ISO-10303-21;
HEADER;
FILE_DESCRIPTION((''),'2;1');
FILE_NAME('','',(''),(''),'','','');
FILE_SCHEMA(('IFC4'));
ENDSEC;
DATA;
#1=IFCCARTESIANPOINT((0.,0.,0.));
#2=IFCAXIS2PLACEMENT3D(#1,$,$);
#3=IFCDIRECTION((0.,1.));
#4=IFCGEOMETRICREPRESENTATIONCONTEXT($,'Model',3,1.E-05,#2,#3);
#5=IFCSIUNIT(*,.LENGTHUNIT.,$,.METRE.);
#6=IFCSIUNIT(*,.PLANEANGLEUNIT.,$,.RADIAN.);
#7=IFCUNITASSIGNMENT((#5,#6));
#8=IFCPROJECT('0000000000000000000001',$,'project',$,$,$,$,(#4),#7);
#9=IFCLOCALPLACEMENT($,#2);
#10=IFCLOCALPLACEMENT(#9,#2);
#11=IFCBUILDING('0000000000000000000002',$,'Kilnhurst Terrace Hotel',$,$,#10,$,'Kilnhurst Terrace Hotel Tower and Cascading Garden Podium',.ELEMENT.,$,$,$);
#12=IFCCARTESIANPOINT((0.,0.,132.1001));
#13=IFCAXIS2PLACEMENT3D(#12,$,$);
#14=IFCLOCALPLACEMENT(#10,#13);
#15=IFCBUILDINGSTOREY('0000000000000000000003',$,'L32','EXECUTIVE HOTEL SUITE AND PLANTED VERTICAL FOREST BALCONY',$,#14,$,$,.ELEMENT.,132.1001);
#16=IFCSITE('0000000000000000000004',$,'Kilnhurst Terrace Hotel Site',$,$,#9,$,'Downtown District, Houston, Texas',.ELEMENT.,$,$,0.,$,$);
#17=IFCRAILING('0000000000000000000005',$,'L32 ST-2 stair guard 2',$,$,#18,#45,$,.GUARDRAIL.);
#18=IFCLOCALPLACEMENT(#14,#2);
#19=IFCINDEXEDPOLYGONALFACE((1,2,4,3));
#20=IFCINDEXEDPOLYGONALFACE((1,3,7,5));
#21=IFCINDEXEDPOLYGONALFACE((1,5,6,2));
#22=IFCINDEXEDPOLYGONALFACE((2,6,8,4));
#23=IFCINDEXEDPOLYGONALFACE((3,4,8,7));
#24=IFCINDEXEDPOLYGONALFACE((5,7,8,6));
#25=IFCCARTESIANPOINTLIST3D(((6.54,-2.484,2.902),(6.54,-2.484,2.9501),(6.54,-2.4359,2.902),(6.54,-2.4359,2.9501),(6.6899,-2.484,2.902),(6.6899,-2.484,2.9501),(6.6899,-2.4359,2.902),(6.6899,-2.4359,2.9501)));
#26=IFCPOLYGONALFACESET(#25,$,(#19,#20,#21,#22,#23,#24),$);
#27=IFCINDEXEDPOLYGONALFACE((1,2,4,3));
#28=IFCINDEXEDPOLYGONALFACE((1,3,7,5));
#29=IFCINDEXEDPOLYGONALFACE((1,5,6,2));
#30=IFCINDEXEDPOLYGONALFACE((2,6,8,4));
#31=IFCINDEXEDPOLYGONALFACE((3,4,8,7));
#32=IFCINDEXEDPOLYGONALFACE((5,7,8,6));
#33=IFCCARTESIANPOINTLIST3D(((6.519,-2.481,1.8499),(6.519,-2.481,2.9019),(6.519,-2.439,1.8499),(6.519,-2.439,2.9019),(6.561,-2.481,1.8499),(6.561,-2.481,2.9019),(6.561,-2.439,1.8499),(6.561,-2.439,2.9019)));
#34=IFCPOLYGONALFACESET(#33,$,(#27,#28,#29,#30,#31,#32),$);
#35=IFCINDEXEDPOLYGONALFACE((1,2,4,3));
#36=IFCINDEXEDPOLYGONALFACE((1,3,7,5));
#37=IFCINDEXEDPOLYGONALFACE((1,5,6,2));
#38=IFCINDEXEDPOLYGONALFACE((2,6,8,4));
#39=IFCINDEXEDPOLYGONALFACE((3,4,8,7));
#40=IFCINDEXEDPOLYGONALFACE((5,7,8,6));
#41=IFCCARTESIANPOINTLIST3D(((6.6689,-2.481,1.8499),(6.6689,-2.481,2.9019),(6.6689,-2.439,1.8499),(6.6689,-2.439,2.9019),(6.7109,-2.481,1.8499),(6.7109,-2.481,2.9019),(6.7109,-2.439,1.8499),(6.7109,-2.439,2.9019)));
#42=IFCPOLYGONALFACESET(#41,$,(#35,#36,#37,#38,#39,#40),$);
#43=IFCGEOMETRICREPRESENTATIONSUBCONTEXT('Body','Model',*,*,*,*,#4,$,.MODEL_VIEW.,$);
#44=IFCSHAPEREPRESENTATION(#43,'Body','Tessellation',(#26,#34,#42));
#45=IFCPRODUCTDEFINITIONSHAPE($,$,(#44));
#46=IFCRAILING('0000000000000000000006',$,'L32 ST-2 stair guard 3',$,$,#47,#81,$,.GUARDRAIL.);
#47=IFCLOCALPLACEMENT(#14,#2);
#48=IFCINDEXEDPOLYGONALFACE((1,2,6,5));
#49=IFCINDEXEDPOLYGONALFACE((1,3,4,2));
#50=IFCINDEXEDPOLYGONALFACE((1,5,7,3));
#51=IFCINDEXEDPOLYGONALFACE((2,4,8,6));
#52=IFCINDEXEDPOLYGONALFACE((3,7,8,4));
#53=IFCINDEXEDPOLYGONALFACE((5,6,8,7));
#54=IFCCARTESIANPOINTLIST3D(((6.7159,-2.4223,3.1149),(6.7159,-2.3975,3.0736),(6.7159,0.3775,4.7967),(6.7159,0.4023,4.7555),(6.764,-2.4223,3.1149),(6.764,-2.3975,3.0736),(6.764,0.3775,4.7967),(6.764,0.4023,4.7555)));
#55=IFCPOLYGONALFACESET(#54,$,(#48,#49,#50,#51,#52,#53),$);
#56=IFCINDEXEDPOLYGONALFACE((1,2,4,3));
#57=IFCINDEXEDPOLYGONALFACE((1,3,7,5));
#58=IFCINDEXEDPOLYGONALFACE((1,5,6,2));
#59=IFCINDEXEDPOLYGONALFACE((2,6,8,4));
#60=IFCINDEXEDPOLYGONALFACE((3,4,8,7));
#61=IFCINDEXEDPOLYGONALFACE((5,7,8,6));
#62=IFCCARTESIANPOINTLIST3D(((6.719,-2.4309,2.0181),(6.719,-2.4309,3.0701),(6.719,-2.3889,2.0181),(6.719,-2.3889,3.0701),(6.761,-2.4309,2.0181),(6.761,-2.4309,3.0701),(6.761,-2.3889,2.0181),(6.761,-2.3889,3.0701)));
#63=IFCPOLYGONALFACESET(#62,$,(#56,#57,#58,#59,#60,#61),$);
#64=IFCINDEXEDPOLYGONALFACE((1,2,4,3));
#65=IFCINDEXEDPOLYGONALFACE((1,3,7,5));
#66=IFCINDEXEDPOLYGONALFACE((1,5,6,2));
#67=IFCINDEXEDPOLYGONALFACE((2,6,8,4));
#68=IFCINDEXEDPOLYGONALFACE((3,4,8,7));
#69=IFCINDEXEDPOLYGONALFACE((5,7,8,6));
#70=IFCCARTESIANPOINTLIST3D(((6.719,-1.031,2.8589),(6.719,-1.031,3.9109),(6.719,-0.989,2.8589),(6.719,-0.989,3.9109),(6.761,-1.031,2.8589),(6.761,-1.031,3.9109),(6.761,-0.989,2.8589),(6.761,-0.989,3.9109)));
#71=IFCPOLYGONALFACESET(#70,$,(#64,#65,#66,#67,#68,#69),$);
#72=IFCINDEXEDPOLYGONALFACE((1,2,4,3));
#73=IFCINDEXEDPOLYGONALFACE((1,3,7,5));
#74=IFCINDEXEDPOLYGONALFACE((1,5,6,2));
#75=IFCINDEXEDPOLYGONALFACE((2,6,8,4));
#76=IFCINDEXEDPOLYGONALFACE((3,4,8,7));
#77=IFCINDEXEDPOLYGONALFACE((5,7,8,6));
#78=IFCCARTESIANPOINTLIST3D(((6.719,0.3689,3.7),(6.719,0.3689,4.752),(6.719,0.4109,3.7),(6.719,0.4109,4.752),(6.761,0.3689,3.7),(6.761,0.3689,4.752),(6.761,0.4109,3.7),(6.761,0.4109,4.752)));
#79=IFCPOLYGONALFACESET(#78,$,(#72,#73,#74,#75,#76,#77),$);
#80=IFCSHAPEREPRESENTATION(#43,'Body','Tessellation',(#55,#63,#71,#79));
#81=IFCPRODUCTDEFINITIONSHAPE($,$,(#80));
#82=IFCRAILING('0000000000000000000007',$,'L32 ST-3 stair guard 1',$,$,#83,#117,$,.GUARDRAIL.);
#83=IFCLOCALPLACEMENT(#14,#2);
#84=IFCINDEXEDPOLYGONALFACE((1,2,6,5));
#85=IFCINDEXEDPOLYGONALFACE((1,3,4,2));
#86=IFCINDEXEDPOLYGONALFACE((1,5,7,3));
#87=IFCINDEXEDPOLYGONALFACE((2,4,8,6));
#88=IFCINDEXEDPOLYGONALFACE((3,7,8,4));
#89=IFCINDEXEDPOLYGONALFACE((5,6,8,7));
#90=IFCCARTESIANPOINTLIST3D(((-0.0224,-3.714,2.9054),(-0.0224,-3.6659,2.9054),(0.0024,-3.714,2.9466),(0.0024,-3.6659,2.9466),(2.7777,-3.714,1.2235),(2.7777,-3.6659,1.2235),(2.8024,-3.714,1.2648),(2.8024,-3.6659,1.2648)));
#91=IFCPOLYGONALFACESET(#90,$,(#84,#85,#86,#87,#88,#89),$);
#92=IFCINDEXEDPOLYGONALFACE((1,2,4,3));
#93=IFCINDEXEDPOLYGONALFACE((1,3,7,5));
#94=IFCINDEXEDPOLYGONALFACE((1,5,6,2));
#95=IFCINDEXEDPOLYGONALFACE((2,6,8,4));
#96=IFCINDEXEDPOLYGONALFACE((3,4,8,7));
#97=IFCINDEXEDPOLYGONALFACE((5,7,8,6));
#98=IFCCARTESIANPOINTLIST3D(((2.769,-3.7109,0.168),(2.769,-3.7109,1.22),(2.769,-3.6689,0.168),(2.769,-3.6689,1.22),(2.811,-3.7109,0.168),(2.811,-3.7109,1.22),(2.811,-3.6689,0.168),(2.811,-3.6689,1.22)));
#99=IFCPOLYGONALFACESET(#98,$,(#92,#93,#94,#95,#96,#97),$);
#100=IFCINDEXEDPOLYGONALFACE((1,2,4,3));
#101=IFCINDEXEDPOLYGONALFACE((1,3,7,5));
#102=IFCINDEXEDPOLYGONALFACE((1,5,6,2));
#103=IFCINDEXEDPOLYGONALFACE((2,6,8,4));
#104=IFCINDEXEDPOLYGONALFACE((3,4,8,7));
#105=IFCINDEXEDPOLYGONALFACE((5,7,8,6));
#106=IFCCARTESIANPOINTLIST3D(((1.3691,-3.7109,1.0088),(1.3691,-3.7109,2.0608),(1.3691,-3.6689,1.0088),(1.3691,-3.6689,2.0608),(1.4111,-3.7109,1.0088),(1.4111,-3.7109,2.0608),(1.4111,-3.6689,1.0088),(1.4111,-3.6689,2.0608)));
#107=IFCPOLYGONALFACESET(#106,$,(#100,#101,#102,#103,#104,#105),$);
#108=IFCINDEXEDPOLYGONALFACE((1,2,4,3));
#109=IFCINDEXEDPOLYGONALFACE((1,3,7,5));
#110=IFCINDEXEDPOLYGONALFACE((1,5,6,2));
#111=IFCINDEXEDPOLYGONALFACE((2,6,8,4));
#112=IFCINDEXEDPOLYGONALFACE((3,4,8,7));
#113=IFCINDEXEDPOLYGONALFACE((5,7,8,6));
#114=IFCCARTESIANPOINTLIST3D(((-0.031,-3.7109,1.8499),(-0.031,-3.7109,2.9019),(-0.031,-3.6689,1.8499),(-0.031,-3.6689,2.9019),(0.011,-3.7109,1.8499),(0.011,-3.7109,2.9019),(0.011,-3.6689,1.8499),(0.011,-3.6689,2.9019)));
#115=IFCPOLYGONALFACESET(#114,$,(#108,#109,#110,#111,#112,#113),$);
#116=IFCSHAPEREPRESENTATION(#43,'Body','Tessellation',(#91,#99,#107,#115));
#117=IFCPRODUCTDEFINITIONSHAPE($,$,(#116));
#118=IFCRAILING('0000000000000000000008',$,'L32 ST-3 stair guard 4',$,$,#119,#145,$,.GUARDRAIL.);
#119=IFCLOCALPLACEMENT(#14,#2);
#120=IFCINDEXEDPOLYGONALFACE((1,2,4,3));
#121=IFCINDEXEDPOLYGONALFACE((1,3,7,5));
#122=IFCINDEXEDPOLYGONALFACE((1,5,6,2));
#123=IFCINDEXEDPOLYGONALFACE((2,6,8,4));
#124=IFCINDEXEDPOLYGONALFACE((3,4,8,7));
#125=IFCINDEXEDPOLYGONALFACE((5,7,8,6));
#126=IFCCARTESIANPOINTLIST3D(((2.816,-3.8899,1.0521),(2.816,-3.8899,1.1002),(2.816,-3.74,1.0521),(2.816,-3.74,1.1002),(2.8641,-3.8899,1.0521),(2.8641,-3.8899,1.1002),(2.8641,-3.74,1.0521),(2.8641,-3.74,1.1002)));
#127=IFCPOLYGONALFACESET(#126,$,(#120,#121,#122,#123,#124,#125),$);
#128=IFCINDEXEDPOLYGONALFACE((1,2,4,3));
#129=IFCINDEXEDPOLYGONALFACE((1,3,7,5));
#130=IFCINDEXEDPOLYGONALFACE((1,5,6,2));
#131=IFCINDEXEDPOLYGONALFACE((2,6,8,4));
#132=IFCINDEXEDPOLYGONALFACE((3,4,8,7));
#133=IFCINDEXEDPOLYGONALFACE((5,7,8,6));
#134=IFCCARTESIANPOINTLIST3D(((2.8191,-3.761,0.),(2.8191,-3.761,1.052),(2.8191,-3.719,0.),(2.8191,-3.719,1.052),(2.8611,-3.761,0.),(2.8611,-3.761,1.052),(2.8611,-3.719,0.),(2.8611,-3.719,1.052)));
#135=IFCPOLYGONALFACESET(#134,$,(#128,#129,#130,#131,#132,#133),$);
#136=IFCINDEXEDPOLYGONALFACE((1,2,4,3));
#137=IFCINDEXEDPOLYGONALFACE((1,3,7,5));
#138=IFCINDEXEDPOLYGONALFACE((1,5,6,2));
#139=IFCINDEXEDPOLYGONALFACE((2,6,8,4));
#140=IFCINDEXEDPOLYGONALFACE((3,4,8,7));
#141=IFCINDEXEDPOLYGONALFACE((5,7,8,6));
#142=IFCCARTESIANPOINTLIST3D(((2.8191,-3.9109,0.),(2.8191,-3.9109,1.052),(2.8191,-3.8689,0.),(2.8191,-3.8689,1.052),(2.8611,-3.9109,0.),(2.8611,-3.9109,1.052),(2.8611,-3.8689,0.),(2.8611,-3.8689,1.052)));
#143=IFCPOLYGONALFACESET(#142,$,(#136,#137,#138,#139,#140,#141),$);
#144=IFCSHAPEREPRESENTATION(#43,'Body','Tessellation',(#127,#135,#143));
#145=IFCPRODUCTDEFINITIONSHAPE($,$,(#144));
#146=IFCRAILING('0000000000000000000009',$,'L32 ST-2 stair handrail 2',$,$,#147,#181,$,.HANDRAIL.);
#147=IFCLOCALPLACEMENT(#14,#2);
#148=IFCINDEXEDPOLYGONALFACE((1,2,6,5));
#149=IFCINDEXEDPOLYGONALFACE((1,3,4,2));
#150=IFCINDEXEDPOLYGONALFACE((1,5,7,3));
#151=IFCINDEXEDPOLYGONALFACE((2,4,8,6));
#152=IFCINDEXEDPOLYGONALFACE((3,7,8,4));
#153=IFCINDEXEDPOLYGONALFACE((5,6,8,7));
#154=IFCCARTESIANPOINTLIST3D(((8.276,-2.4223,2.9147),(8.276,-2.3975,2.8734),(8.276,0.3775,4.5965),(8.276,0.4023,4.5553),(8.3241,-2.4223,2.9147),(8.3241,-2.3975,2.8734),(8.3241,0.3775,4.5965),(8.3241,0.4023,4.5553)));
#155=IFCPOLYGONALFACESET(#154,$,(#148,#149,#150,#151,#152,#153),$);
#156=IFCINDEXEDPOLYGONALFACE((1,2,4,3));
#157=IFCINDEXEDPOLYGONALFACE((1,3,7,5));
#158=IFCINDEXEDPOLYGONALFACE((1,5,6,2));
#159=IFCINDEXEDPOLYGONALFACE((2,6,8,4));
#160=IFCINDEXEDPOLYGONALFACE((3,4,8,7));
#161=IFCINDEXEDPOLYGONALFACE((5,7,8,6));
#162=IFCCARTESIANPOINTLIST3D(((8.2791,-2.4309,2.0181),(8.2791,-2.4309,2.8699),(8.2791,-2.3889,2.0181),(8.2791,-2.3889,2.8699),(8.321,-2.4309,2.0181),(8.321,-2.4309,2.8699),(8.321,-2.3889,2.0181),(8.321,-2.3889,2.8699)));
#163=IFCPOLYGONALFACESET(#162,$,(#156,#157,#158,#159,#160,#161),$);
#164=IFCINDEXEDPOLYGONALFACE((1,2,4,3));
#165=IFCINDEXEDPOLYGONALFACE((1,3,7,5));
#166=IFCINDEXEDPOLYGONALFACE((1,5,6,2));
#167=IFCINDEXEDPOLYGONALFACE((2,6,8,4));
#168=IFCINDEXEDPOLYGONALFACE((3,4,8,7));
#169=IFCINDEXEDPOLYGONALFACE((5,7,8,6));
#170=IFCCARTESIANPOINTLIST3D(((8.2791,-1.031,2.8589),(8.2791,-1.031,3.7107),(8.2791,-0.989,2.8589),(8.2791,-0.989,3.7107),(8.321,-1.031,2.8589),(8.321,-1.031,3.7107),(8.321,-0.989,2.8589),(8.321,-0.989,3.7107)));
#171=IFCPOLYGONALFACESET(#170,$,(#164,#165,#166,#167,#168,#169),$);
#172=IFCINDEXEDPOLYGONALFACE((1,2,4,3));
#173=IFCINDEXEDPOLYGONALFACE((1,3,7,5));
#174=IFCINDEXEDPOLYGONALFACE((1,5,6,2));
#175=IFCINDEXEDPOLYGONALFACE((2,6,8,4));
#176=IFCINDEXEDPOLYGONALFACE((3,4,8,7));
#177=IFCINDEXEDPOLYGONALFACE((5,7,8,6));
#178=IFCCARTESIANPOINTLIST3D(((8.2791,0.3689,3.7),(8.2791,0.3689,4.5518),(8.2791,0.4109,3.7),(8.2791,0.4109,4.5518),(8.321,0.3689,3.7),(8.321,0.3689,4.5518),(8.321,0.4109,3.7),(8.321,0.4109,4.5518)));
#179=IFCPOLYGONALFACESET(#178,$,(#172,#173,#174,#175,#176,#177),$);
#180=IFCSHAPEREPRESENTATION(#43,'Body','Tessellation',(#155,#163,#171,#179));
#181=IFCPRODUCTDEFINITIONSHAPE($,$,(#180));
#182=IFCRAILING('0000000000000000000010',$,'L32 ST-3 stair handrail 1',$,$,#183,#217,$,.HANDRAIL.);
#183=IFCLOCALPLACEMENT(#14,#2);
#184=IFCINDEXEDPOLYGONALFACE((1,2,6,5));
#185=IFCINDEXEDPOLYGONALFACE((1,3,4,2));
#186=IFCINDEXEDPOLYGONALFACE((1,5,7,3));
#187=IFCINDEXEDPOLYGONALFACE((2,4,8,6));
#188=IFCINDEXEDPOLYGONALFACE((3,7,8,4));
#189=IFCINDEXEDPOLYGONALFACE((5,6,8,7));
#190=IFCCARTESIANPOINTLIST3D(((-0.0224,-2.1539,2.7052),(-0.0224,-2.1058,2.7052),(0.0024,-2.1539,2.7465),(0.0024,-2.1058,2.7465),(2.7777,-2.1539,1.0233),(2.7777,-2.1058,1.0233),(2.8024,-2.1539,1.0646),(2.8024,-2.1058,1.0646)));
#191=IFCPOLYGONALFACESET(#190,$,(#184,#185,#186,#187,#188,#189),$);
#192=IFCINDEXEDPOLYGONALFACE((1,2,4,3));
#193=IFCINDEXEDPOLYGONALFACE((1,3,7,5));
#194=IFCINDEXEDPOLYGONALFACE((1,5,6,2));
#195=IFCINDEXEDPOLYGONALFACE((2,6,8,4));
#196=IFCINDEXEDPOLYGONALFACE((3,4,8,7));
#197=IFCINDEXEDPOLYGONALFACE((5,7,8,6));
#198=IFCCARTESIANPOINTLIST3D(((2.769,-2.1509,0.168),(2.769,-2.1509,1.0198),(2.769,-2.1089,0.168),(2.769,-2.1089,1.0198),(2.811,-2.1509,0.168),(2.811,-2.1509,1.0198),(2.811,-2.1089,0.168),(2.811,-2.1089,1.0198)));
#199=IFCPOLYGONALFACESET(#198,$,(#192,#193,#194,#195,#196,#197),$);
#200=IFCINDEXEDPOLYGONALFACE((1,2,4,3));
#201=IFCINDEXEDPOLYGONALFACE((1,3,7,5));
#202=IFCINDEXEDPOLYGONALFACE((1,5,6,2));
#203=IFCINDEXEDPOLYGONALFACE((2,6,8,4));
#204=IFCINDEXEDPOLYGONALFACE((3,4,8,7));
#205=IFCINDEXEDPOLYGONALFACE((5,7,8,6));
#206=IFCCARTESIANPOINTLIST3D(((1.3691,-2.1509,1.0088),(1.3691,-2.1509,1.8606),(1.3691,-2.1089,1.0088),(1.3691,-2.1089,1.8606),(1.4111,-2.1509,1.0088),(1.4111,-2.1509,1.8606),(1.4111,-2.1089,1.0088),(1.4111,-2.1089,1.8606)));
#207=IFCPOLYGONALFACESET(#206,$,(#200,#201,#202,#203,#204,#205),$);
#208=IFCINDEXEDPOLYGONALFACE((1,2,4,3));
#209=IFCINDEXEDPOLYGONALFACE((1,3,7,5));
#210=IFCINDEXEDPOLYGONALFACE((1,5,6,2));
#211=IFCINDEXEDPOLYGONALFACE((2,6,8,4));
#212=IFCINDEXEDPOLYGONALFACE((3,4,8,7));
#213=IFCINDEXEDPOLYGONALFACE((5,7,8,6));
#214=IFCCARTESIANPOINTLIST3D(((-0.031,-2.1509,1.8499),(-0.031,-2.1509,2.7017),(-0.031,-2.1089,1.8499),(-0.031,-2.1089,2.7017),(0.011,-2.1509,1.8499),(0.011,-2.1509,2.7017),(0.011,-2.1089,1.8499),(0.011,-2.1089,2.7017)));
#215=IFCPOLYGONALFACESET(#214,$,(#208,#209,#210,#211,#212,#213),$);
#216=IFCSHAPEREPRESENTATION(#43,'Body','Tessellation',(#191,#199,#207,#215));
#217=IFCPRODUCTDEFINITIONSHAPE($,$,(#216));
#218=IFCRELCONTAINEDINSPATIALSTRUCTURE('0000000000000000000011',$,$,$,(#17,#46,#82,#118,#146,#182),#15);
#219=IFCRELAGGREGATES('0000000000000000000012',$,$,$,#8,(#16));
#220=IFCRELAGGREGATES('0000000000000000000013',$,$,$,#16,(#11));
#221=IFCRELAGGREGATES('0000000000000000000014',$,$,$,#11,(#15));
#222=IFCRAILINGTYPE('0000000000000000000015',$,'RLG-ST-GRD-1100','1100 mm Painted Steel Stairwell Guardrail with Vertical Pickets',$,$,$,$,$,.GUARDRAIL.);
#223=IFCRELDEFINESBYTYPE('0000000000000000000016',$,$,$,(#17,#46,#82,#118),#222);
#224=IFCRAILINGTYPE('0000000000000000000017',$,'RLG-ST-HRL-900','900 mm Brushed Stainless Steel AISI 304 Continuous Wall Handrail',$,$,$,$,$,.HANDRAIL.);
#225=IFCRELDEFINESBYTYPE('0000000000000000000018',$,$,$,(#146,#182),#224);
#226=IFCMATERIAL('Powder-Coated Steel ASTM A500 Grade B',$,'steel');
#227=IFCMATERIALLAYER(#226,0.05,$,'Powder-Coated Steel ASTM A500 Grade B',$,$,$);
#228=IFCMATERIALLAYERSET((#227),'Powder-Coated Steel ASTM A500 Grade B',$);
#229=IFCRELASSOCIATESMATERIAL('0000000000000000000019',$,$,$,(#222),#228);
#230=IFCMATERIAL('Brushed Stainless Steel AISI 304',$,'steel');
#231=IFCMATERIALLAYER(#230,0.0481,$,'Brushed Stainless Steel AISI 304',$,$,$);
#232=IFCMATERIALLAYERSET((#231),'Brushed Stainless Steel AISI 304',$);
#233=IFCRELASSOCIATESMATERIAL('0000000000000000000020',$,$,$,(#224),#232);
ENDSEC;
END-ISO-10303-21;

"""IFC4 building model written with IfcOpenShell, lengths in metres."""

from ifc_helpers import new_model, si_unit, direction, frame, origin, origin_2d, place, context, subcontext, project, spatial, rectangle, extrude, material, layer, layer_set, type_object, element, save


model = new_model("IFC4")

# Units and contexts
model_context = context("Model", 3, precision=1e-05, world=origin(), true_north=direction((0.0, 1.0)))
body_context = subcontext(model_context, "Body", "Model", "MODEL_VIEW")
ifc_project = project(units=[si_unit("LENGTHUNIT", "METRE"), si_unit("PLANEANGLEUNIT", "RADIAN")], contexts=[model_context])

# Site, building, storey
site_placement = place(None, origin())
site = spatial("IfcSite", under=ifc_project, at=site_placement, Name="Kilnhurst Terrace Hotel Site", LongName="Downtown District, Houston, Texas", CompositionType="ELEMENT", RefElevation=0.0)
building_placement = place(site_placement, origin())
building = spatial("IfcBuilding", under=site, at=building_placement, Name="Kilnhurst Terrace Hotel", LongName="Kilnhurst Terrace Hotel Tower and Cascading Garden Podium", CompositionType="ELEMENT")
storey_placement = place(building_placement, frame((0.0, 0.0, 132.1001)))
storey = spatial("IfcBuildingStorey", under=building, at=storey_placement, Name="L32", Description="EXECUTIVE HOTEL SUITE AND PLANTED VERTICAL FOREST BALCONY", CompositionType="ELEMENT", Elevation=132.1001)

# Railings
ifc_material_1 = material(Name="Powder-Coated Steel ASTM A500 Grade B", Category="steel")
ifc_layer_1 = layer(ifc_material_1, 0.05, Name="Powder-Coated Steel ASTM A500 Grade B")
ifc_layer_set_1 = layer_set([ifc_layer_1], Name="Powder-Coated Steel ASTM A500 Grade B")
railing_type_1 = type_object("IfcRailingType", Name="RLG-ST-GRD-1100", Description="1100 mm Painted Steel Stairwell Guardrail with Vertical Pickets", PredefinedType="GUARDRAIL", material=ifc_layer_set_1)
railing_1_placement = place(storey_placement, frame((6.54, -2.46, 1.8499)))
element("IfcRailing", 1, at=railing_1_placement, inside=storey, type_object=railing_type_1, Name="L32 ST-2 stair guard 2", PredefinedType="GUARDRAIL", context=body_context, shape_type="SweptSolid", body=[
    extrude(rectangle(XDim=0.0481, YDim=0.0481, at=origin_2d()), frame((0.0, 0.0, 1.0762), z_axis=(1.0, 0.0, 0.0), x_axis=(0.0, 1.0, 0.0)), (0.0, 0.0, 1.0), 0.1499),
    extrude(rectangle(XDim=0.042, YDim=0.042, at=origin_2d()), origin(), (0.0, 0.0, 1.0), 1.052),
    extrude(rectangle(XDim=0.042, YDim=0.042, at=origin_2d()), frame((0.1499, 0.0, 0.0)), (0.0, 0.0, 1.0), 1.052),
])
railing_2_placement = place(storey_placement, frame((6.74, -2.4099, 2.0181)))
element("IfcRailing", 2, at=railing_2_placement, inside=storey, type_object=railing_type_1, Name="L32 ST-2 stair guard 3", PredefinedType="GUARDRAIL", context=body_context, shape_type="SweptSolid", body=[
    extrude(rectangle(XDim=0.0481, YDim=0.0481, at=origin_2d()), frame((0.0, 0.0, 1.0762), z_axis=(0.0, 0.857222, 0.514946), x_axis=(-1.0, 0.0, 0.0)), (0.0, 0.0, 1.0), 3.2661),
    extrude(rectangle(XDim=0.042, YDim=0.042, at=origin_2d()), origin(), (0.0, 0.0, 1.0), 1.052),
    extrude(rectangle(XDim=0.042, YDim=0.042, at=origin_2d()), frame((0.0, 1.3999, 0.8408)), (0.0, 0.0, 1.0), 1.052),
    extrude(rectangle(XDim=0.042, YDim=0.042, at=origin_2d()), frame((0.0, 2.7998, 1.6819)), (0.0, 0.0, 1.0), 1.052),
])
railing_3_placement = place(storey_placement, frame((2.79, -3.6899, 0.168)))
element("IfcRailing", 3, at=railing_3_placement, inside=storey, type_object=railing_type_1, Name="L32 ST-3 stair guard 1", PredefinedType="GUARDRAIL", context=body_context, shape_type="SweptSolid", body=[
    extrude(rectangle(XDim=0.0481, YDim=0.0481, at=origin_2d()), frame((0.0, 0.0, 1.0762), z_axis=(-0.857242, 0.0, 0.514913), x_axis=(0.0, -1.0, 0.0)), (0.0, 0.0, 1.0), 3.2664),
    extrude(rectangle(XDim=0.042, YDim=0.042, at=origin_2d()), origin(), (0.0, 0.0, 1.0), 1.052),
    extrude(rectangle(XDim=0.042, YDim=0.042, at=origin_2d()), frame((-1.3999, 0.0, 0.8408)), (0.0, 0.0, 1.0), 1.052),
    extrude(rectangle(XDim=0.042, YDim=0.042, at=origin_2d()), frame((-2.8, 0.0, 1.6819)), (0.0, 0.0, 1.0), 1.052),
])
railing_4_placement = place(storey_placement, frame((2.8401, -3.74, 0.0)))
element("IfcRailing", 4, at=railing_4_placement, inside=storey, type_object=railing_type_1, Name="L32 ST-3 stair guard 4", PredefinedType="GUARDRAIL", context=body_context, shape_type="SweptSolid", body=[
    extrude(rectangle(XDim=0.0481, YDim=0.0481, at=origin_2d()), frame((0.0, 0.0, 1.0762), z_axis=(0.0, -1.0, 0.0), x_axis=(1.0, 0.0, 0.0)), (0.0, 0.0, 1.0), 0.1499),
    extrude(rectangle(XDim=0.042, YDim=0.042, at=origin_2d()), origin(), (0.0, 0.0, 1.0), 1.052),
    extrude(rectangle(XDim=0.042, YDim=0.042, at=origin_2d()), frame((0.0, -0.1499, 0.0)), (0.0, 0.0, 1.0), 1.052),
])
ifc_material_2 = material(Name="Brushed Stainless Steel AISI 304", Category="steel")
ifc_layer_2 = layer(ifc_material_2, 0.0481, Name="Brushed Stainless Steel AISI 304")
ifc_layer_set_2 = layer_set([ifc_layer_2], Name="Brushed Stainless Steel AISI 304")
railing_type_2 = type_object("IfcRailingType", Name="RLG-ST-HRL-900", Description="900 mm Brushed Stainless Steel AISI 304 Continuous Wall Handrail", PredefinedType="HANDRAIL", material=ifc_layer_set_2)
railing_5_placement = place(storey_placement, frame((8.3, -2.4099, 2.0181)))
element("IfcRailing", 5, at=railing_5_placement, inside=storey, type_object=railing_type_2, Name="L32 ST-2 stair handrail 2", PredefinedType="HANDRAIL", context=body_context, shape_type="SweptSolid", body=[
    extrude(rectangle(XDim=0.0481, YDim=0.0481, at=origin_2d()), frame((0.0, 0.0, 0.876), z_axis=(0.0, 0.857222, 0.514946), x_axis=(-1.0, 0.0, 0.0)), (0.0, 0.0, 1.0), 3.2661),
    extrude(rectangle(XDim=0.042, YDim=0.042, at=origin_2d()), origin(), (0.0, 0.0, 1.0), 0.8518),
    extrude(rectangle(XDim=0.042, YDim=0.042, at=origin_2d()), frame((0.0, 1.3999, 0.8408)), (0.0, 0.0, 1.0), 0.8518),
    extrude(rectangle(XDim=0.042, YDim=0.042, at=origin_2d()), frame((0.0, 2.7998, 1.6819)), (0.0, 0.0, 1.0), 0.8518),
])
railing_6_placement = place(storey_placement, frame((2.79, -2.1299, 0.168)))
element("IfcRailing", 6, at=railing_6_placement, inside=storey, type_object=railing_type_2, Name="L32 ST-3 stair handrail 1", PredefinedType="HANDRAIL", context=body_context, shape_type="SweptSolid", body=[
    extrude(rectangle(XDim=0.0481, YDim=0.0481, at=origin_2d()), frame((0.0, 0.0, 0.876), z_axis=(-0.857242, 0.0, 0.514913), x_axis=(0.0, -1.0, 0.0)), (0.0, 0.0, 1.0), 3.2664),
    extrude(rectangle(XDim=0.042, YDim=0.042, at=origin_2d()), origin(), (0.0, 0.0, 1.0), 0.8518),
    extrude(rectangle(XDim=0.042, YDim=0.042, at=origin_2d()), frame((-1.3999, 0.0, 0.8408)), (0.0, 0.0, 1.0), 0.8518),
    extrude(rectangle(XDim=0.042, YDim=0.042, at=origin_2d()), frame((-2.8, 0.0, 1.6819)), (0.0, 0.0, 1.0), 0.8518),
])

save(model, "model.ifc")
